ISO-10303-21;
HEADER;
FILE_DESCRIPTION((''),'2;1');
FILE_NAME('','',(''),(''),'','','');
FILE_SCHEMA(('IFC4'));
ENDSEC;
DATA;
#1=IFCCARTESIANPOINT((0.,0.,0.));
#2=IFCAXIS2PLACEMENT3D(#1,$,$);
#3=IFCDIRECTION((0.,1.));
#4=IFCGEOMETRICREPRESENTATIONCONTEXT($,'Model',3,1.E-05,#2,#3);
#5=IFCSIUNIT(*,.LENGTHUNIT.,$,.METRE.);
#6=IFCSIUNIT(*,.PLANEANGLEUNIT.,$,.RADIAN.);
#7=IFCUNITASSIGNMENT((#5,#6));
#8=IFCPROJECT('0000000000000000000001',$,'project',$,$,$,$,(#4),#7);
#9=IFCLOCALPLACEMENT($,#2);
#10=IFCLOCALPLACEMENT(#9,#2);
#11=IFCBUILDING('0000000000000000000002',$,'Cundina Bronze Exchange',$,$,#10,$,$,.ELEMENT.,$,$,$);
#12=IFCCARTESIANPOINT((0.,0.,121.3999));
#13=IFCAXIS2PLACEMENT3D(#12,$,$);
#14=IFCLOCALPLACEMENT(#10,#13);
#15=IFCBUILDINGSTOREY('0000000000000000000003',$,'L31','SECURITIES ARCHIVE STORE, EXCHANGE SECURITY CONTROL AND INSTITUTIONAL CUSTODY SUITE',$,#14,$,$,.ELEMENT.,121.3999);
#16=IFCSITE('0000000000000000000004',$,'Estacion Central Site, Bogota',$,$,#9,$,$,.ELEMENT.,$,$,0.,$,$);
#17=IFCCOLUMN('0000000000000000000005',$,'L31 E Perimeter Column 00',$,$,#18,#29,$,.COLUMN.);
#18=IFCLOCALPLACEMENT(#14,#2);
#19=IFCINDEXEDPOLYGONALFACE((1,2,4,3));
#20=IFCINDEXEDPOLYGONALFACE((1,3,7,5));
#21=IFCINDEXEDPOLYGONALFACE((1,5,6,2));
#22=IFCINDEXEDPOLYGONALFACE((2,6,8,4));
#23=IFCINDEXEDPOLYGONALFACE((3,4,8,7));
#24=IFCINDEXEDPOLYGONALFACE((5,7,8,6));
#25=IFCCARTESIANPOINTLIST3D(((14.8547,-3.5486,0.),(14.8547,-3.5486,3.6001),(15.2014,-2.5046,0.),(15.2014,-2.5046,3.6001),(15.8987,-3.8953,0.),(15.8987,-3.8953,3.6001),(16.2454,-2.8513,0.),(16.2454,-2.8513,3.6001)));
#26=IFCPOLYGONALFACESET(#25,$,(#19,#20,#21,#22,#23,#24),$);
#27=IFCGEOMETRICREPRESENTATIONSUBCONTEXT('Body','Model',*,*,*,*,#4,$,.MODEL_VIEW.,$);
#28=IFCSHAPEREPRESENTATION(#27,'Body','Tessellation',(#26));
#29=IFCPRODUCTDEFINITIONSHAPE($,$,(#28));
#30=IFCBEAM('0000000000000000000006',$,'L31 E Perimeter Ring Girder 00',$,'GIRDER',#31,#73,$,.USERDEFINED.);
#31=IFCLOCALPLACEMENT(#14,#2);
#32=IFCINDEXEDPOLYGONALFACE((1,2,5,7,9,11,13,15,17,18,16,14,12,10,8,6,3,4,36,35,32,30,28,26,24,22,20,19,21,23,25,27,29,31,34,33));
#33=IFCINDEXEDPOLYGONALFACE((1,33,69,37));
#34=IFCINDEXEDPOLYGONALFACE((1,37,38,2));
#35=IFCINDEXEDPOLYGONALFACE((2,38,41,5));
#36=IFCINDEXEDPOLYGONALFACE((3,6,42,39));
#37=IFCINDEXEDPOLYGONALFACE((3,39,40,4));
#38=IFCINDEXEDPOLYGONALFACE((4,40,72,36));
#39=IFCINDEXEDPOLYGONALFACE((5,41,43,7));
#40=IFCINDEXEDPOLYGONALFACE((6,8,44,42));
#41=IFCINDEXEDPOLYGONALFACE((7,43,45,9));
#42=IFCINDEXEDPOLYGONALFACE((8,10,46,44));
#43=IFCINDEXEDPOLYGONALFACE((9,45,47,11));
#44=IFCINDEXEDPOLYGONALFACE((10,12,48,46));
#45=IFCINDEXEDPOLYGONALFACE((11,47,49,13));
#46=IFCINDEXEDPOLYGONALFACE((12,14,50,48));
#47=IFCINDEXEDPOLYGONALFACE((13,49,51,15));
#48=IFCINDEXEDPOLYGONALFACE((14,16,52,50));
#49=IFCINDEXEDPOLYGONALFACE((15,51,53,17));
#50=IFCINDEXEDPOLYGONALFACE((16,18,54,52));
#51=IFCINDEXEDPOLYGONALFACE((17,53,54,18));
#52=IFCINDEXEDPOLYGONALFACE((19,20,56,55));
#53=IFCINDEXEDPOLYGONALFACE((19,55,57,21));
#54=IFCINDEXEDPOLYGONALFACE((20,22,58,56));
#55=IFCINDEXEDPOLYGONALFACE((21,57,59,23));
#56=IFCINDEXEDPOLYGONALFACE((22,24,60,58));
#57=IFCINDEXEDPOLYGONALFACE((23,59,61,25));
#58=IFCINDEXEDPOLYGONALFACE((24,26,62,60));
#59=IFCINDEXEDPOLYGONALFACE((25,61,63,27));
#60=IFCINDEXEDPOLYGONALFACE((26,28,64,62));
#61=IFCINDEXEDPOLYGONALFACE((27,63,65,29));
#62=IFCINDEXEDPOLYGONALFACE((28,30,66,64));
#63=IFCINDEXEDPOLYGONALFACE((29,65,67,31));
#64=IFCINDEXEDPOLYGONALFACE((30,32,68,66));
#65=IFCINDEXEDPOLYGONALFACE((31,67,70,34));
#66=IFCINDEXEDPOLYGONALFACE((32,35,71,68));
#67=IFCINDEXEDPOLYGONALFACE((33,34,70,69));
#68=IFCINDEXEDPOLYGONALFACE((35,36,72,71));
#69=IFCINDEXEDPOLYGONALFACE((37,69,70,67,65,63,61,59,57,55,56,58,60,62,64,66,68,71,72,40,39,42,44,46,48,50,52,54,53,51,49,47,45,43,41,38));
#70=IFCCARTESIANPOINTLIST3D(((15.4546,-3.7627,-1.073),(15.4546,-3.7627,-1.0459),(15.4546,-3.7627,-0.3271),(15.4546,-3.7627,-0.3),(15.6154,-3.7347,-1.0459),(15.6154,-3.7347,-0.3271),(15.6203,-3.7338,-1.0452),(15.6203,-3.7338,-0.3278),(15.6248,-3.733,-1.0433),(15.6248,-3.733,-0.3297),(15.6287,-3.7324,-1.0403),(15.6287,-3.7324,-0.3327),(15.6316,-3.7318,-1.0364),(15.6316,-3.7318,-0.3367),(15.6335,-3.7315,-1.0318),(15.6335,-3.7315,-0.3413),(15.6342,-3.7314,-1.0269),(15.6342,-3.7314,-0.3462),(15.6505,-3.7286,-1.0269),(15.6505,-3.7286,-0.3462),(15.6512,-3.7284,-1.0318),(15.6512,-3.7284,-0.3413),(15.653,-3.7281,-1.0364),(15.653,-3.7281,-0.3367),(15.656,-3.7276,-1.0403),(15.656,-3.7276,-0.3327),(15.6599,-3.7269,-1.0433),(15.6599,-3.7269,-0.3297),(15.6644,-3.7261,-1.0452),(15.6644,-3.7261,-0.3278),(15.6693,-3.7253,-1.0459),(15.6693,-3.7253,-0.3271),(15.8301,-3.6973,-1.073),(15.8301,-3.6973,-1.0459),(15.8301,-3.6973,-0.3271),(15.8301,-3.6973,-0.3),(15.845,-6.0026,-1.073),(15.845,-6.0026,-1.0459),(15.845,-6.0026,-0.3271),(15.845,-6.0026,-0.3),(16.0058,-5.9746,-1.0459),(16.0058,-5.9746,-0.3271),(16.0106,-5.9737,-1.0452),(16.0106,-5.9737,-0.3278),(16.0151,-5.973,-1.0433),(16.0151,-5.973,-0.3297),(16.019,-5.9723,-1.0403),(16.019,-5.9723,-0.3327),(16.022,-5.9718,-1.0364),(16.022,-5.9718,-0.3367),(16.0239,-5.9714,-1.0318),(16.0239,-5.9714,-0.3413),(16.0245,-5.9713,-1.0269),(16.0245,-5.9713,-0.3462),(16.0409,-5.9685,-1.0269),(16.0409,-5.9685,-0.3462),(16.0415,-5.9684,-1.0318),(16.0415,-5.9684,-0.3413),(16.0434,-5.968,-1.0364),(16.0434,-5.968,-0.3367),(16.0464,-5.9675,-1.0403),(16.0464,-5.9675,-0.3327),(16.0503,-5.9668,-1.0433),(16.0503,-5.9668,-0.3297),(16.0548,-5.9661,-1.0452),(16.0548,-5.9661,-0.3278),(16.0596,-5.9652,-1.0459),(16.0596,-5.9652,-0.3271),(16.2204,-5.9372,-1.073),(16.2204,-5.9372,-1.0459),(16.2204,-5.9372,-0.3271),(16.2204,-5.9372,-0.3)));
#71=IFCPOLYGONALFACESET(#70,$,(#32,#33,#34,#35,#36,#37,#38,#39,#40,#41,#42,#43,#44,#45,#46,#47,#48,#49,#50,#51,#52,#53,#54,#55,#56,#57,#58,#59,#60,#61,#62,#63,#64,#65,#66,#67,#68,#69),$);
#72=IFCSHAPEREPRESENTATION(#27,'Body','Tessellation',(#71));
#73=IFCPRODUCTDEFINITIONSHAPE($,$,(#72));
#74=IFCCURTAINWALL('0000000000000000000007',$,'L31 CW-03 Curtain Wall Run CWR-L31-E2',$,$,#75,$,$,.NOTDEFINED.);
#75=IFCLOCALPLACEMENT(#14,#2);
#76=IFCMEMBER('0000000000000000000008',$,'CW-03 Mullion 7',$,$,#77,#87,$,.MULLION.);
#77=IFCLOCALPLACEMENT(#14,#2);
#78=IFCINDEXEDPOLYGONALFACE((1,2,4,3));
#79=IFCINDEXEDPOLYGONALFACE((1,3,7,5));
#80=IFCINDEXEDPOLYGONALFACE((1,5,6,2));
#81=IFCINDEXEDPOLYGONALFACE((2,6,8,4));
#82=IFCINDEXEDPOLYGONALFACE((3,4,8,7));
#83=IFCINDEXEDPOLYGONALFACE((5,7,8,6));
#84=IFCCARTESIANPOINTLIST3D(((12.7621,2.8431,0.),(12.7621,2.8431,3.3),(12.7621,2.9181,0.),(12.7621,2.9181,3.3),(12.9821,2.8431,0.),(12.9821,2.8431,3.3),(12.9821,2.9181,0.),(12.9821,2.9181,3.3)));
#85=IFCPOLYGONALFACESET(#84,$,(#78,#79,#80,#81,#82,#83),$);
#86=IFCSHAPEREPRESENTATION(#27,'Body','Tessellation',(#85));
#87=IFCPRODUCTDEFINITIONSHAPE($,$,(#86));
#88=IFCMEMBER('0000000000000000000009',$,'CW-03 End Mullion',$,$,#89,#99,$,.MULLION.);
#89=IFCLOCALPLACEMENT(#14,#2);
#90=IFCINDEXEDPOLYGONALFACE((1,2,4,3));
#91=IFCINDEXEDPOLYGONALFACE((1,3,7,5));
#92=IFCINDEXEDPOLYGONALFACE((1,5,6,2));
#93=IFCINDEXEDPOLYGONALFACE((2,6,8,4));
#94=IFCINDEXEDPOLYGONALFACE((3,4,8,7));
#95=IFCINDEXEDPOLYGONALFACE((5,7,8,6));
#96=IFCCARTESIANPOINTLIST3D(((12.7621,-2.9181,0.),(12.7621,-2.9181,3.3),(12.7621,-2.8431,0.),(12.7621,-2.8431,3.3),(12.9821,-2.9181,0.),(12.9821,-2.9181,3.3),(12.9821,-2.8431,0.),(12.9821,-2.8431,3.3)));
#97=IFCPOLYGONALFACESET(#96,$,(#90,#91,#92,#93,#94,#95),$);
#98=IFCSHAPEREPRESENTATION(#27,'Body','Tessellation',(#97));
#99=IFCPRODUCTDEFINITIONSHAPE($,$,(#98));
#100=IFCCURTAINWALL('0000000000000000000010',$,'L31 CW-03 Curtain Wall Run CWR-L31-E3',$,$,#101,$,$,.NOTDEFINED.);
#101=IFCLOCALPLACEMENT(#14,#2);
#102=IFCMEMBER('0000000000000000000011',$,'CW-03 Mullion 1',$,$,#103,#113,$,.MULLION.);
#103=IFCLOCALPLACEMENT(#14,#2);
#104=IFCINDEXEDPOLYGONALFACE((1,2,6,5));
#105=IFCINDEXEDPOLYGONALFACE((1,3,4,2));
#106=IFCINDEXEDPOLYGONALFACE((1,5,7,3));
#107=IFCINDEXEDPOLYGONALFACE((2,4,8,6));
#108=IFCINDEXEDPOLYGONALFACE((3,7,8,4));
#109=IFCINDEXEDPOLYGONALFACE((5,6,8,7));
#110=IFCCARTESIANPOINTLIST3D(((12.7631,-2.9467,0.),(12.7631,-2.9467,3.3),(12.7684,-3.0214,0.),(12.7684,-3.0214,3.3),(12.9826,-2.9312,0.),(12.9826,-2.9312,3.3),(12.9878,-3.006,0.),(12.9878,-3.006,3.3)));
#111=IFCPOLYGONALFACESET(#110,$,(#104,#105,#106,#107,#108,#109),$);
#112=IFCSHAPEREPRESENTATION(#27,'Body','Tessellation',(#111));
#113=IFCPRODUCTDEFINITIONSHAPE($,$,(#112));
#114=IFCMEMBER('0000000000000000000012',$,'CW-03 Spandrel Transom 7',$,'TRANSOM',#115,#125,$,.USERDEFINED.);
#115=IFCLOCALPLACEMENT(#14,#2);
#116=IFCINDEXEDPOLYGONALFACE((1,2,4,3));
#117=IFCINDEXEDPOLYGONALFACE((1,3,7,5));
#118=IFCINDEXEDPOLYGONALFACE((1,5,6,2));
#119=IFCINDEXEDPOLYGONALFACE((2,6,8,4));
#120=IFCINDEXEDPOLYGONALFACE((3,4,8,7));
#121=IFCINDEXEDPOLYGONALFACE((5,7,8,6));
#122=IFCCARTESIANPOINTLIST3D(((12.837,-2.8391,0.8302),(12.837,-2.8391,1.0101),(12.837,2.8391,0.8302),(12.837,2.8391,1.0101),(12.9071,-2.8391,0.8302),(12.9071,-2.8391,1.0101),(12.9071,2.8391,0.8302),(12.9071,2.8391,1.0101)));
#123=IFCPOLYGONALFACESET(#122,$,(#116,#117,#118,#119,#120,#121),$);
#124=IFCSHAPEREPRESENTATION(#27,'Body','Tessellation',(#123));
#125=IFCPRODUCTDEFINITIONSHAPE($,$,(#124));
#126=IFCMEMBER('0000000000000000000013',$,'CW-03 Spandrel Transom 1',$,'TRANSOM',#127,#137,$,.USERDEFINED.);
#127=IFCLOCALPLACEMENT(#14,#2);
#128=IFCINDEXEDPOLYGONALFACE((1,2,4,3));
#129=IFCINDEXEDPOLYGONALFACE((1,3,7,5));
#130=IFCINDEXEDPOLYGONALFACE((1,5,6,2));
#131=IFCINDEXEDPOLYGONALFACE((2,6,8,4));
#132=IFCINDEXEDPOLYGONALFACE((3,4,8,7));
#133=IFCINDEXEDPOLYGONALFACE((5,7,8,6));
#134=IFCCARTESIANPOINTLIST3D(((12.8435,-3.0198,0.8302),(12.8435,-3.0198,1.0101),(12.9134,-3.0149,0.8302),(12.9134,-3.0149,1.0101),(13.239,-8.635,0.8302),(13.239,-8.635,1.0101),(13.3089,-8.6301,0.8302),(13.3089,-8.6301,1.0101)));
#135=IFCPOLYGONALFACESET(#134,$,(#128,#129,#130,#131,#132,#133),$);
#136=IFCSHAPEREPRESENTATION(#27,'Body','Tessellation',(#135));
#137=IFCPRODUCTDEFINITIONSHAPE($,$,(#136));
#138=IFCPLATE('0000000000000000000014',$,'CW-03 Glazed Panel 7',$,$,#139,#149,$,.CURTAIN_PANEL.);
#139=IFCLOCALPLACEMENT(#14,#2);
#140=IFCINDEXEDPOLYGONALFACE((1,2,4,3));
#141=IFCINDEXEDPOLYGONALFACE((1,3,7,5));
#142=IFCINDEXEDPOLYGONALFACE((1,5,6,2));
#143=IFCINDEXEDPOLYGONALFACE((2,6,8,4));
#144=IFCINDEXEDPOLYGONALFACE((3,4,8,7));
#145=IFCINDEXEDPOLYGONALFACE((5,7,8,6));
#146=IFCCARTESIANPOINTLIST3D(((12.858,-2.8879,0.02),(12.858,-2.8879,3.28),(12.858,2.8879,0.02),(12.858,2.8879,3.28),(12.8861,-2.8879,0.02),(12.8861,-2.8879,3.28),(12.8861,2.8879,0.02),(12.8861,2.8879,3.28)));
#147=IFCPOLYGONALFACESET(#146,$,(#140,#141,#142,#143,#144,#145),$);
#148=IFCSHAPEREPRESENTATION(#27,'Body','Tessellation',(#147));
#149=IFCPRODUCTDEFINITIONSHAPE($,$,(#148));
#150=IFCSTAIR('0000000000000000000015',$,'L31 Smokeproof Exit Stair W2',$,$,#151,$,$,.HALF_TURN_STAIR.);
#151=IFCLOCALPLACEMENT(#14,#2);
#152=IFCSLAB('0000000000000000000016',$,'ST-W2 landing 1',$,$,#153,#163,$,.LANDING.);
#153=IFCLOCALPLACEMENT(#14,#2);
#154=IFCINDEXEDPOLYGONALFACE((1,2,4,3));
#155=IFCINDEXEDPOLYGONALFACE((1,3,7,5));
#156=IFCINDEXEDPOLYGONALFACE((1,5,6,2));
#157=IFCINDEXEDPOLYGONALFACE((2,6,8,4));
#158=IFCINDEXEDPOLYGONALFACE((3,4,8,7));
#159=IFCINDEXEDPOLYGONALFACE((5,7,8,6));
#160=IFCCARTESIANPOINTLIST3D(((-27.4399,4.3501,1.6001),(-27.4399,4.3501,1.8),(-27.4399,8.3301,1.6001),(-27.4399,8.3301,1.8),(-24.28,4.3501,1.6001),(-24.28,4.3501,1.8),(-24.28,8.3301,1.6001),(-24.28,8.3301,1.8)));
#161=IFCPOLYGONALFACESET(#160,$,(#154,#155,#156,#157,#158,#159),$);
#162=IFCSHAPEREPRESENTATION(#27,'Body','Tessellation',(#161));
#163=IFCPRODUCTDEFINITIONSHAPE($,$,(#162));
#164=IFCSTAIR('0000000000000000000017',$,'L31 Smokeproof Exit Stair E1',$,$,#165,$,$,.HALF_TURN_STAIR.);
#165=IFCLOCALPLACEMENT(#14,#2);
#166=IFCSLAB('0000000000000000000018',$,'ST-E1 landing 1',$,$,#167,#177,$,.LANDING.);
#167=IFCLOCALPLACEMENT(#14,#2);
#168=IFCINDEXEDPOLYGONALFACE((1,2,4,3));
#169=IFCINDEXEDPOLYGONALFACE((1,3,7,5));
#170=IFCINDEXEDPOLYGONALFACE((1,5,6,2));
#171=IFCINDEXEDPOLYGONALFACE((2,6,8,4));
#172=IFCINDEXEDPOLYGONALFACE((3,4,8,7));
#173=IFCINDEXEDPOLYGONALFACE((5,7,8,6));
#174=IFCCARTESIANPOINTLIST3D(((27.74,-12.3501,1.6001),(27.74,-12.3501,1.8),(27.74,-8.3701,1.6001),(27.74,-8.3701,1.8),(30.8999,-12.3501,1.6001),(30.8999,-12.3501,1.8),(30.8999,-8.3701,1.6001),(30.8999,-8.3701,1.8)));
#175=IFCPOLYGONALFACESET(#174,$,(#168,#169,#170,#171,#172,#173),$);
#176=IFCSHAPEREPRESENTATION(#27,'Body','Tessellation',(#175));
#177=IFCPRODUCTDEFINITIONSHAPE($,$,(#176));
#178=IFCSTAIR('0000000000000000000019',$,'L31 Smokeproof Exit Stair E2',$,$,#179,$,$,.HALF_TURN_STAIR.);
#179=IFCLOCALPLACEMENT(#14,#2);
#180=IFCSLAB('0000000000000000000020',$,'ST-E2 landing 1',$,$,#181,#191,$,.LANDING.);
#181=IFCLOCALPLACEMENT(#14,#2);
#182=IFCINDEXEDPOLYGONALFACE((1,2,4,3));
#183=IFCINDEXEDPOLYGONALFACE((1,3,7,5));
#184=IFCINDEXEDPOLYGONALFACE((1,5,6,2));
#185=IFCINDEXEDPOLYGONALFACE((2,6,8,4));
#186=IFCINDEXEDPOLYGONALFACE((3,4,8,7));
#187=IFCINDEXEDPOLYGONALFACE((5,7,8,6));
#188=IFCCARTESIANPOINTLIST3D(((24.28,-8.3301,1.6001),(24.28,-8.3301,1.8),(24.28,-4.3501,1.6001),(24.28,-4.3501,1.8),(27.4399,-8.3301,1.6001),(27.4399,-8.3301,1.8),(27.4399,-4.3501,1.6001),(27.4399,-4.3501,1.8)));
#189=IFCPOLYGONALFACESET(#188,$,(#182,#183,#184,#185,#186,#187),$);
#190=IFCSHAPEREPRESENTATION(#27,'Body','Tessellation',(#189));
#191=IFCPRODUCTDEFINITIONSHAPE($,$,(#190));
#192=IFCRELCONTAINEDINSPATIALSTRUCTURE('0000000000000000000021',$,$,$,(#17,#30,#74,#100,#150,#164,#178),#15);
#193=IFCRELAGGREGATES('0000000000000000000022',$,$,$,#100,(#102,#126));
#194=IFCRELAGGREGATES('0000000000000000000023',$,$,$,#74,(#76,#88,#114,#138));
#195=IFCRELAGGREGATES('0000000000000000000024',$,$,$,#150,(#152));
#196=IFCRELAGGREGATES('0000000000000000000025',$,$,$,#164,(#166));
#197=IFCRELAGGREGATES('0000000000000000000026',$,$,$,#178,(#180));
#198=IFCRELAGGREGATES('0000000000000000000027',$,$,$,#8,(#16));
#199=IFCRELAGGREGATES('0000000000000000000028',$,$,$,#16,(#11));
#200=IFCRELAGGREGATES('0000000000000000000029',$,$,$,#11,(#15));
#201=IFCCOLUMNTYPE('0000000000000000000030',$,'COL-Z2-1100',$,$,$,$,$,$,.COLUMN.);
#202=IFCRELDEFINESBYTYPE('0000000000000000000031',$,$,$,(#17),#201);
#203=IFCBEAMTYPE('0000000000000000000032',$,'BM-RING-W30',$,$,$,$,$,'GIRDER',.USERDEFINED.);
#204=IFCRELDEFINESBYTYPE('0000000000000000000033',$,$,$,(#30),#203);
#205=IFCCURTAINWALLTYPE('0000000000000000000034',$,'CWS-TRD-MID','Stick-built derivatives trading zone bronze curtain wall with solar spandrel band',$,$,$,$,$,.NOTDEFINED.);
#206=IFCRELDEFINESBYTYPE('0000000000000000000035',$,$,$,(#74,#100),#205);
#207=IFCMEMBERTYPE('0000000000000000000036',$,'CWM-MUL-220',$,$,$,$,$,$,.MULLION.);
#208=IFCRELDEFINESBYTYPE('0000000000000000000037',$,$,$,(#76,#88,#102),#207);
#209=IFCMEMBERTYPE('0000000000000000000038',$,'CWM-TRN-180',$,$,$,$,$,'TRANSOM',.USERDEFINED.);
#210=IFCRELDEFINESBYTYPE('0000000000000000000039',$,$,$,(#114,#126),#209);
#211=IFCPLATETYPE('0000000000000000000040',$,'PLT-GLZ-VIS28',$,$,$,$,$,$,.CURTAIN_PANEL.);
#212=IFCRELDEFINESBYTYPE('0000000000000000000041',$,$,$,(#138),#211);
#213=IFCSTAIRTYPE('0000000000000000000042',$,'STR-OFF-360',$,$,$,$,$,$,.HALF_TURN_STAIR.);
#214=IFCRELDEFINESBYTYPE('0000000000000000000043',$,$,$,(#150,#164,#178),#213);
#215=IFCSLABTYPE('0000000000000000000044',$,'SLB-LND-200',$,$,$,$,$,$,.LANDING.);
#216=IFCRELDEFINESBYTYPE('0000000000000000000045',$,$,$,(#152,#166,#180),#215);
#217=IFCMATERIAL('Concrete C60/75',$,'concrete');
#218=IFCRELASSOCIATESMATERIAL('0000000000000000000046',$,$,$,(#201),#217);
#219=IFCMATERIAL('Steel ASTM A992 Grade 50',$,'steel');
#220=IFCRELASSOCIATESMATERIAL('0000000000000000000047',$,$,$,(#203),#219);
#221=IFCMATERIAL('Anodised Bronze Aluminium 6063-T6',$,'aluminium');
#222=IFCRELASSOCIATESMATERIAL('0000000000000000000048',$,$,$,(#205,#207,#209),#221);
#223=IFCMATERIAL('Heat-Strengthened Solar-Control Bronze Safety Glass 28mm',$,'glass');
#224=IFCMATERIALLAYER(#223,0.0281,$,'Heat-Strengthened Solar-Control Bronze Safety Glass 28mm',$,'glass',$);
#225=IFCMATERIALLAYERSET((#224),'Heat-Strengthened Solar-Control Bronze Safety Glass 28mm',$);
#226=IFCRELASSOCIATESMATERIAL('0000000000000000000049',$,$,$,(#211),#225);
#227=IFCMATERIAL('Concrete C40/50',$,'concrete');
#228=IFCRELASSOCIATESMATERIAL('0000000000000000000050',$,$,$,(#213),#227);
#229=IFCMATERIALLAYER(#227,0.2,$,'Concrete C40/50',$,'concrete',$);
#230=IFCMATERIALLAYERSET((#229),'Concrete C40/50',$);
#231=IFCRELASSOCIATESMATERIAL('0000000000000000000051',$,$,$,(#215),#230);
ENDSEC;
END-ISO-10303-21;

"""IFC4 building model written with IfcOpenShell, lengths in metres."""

from ifc_helpers import new_model, si_unit, direction, frame, origin, origin_2d, place, context, subcontext, project, spatial, polyline, rectangle, i_section, outline, extrude, material, layer, layer_set, material_profile, profile_set, type_object, element, aggregate, save


model = new_model("IFC4")

# Units and contexts
model_context = context("Model", 3, precision=1e-05, world=origin(), true_north=direction((0.0, 1.0)))
body_context = subcontext(model_context, "Body", "Model", "MODEL_VIEW")
ifc_project = project(units=[si_unit("LENGTHUNIT", "METRE"), si_unit("PLANEANGLEUNIT", "RADIAN")], contexts=[model_context])

# Site, building, storey
site_placement = place(None, origin())
site = spatial("IfcSite", under=ifc_project, at=site_placement, Name="Estacion Central Site, Bogota", CompositionType="ELEMENT", RefElevation=0.0)
building_placement = place(site_placement, origin())
building = spatial("IfcBuilding", under=site, at=building_placement, Name="Cundina Bronze Exchange", CompositionType="ELEMENT")
storey_placement = place(building_placement, frame((0.0, 0.0, 121.3999)))
storey = spatial("IfcBuildingStorey", under=building, at=storey_placement, Name="L31", Description="SECURITIES ARCHIVE STORE, EXCHANGE SECURITY CONTROL AND INSTITUTIONAL CUSTODY SUITE", CompositionType="ELEMENT", Elevation=121.3999)

# Column
ifc_material_1 = material(Name="Concrete C60/75", Category="concrete")
ifc_material_profile_1 = material_profile(ifc_material_1, rectangle(XDim=1.1001, YDim=1.1001, at=origin_2d()), Name="RC1100X1100", Category="concrete")
ifc_profile_set_1 = profile_set([ifc_material_profile_1], Name="Concrete C60/75")
column_type = type_object("IfcColumnType", Name="COL-Z2-1100", PredefinedType="COLUMN", material=ifc_profile_set_1)
column_placement = place(storey_placement, frame((15.55, -3.2, 0.0), z_axis=(0.0, 0.0, 1.0), x_axis=(-0.315152, -0.949041, 0.0)))
element("IfcColumn", 1, at=column_placement, inside=storey, type_object=column_type, Name="L31 E Perimeter Column 00", PredefinedType="COLUMN", context=body_context, shape_type="SweptSolid", body=[
    extrude(rectangle(XDim=1.1001, YDim=1.1001, at=origin_2d()), origin(), (0.0, 0.0, 1.0), 3.6001),
])

# Beam
ifc_material_2 = material(Name="Steel ASTM A992 Grade 50", Category="steel")
ifc_material_profile_2 = material_profile(ifc_material_2, i_section(OverallWidth=0.3811, OverallDepth=0.7729, WebThickness=0.0166, FlangeThickness=0.0271, FilletRadius=0.019, at=origin_2d()), Name="W30X173", Category="steel")
ifc_profile_set_2 = profile_set([ifc_material_profile_2], Name="Steel ASTM A992 Grade 50")
beam_type = type_object("IfcBeamType", Name="BM-RING-W30", ElementType="GIRDER", PredefinedType="USERDEFINED", material=ifc_profile_set_2)
beam_placement = place(storey_placement, frame((15.6423, -3.73, -0.6865), z_axis=(0.17169, -0.985151, 0.0), x_axis=(0.985151, 0.17169, 0.0)))
element("IfcBeam", 2, at=beam_placement, inside=storey, type_object=beam_type, Name="L31 E Perimeter Ring Girder 00", ObjectType="GIRDER", PredefinedType="USERDEFINED", context=body_context, shape_type="SweptSolid", body=[
    extrude(i_section(OverallWidth=0.3811, OverallDepth=0.7729, WebThickness=0.0166, FlangeThickness=0.0271, FilletRadius=0.019, at=origin_2d()), origin(), (0.0, 0.0, 1.0), 2.2737),
])

# Curtain wall, members
ifc_material_3 = material(Name="Anodised Bronze Aluminium 6063-T6", Category="aluminium")
curtain_wall_type = type_object("IfcCurtainWallType", Name="CWS-TRD-MID", Description="Stick-built derivatives trading zone bronze curtain wall with solar spandrel band", PredefinedType="NOTDEFINED", material=ifc_material_3)
curtain_wall_1_placement = place(storey_placement, origin())
curtain_wall_1 = element("IfcCurtainWall", 3, at=curtain_wall_1_placement, inside=storey, type_object=curtain_wall_type, Name="L31 CW-03 Curtain Wall Run CWR-L31-E2", PredefinedType="NOTDEFINED")
ifc_material_profile_3 = material_profile(ifc_material_3, rectangle(XDim=0.075, YDim=0.22, at=origin_2d()), Name="AL75X220", Category="aluminium")
ifc_profile_set_3 = profile_set([ifc_material_profile_3], Name="Anodised Bronze Aluminium 6063-T6")
member_type_1 = type_object("IfcMemberType", Name="CWM-MUL-220", PredefinedType="MULLION", material=ifc_profile_set_3)
member_1_placement = place(storey_placement, frame((12.8721, 2.8806, 0.0), z_axis=(0.0, 0.0, 1.0), x_axis=(0.0, -1.0, 0.0)))
member_1 = element("IfcMember", 4, at=member_1_placement, type_object=member_type_1, Name="CW-03 Mullion 7", PredefinedType="MULLION", context=body_context, shape_type="SweptSolid", body=[
    extrude(rectangle(XDim=0.075, YDim=0.22, at=origin_2d()), origin(), (0.0, 0.0, 1.0), 3.3),
])
member_2_placement = place(storey_placement, frame((12.8721, -2.8806, 0.0), z_axis=(0.0, 0.0, 1.0), x_axis=(0.0, -1.0, 0.0)))
member_2 = element("IfcMember", 5, at=member_2_placement, type_object=member_type_1, Name="CW-03 End Mullion", PredefinedType="MULLION", context=body_context, shape_type="SweptSolid", body=[
    extrude(rectangle(XDim=0.075, YDim=0.22, at=origin_2d()), origin(), (0.0, 0.0, 1.0), 3.3),
])

# Curtain wall, member
curtain_wall_2_placement = place(storey_placement, origin())
curtain_wall_2 = element("IfcCurtainWall", 6, at=curtain_wall_2_placement, inside=storey, type_object=curtain_wall_type, Name="L31 CW-03 Curtain Wall Run CWR-L31-E3", PredefinedType="NOTDEFINED")
member_3_placement = place(storey_placement, frame((12.8755, -2.9763, 0.0), z_axis=(0.0, 0.0, 1.0), x_axis=(0.070279, -0.997527, 0.0)))
member_3 = element("IfcMember", 7, at=member_3_placement, type_object=member_type_1, Name="CW-03 Mullion 1", PredefinedType="MULLION", context=body_context, shape_type="SweptSolid", body=[
    extrude(rectangle(XDim=0.075, YDim=0.22, at=origin_2d()), origin(), (0.0, 0.0, 1.0), 3.3),
])

# Members
ifc_material_profile_4 = material_profile(ifc_material_3, rectangle(XDim=0.0701, YDim=0.1799, at=origin_2d()), Name="AL70X180", Category="aluminium")
ifc_profile_set_4 = profile_set([ifc_material_profile_4], Name="Anodised Bronze Aluminium 6063-T6")
member_type_2 = type_object("IfcMemberType", Name="CWM-TRN-180", ElementType="TRANSOM", PredefinedType="USERDEFINED", material=ifc_profile_set_4)
member_4_placement = place(storey_placement, frame((12.8721, 2.8391, 0.9202), z_axis=(0.0, -1.0, 0.0), x_axis=(1.0, 0.0, 0.0)))
member_4 = element("IfcMember", 8, at=member_4_placement, type_object=member_type_2, Name="CW-03 Spandrel Transom 7", ObjectType="TRANSOM", PredefinedType="USERDEFINED", context=body_context, shape_type="SweptSolid", body=[
    extrude(rectangle(XDim=0.0701, YDim=0.1799, at=origin_2d()), origin(), (0.0, 0.0, 1.0), 5.6782),
])
member_5_placement = place(storey_placement, frame((12.8784, -3.0173, 0.9202), z_axis=(0.070261, -0.997529, 0.0), x_axis=(0.997529, 0.070261, 0.0)))
member_5 = element("IfcMember", 9, at=member_5_placement, type_object=member_type_2, Name="CW-03 Spandrel Transom 1", ObjectType="TRANSOM", PredefinedType="USERDEFINED", context=body_context, shape_type="SweptSolid", body=[
    extrude(rectangle(XDim=0.0701, YDim=0.1799, at=origin_2d()), origin(), (0.0, 0.0, 1.0), 5.6292),
])
aggregate(curtain_wall_2, [member_3, member_5])

# Plate
ifc_material_4 = material(Name="Heat-Strengthened Solar-Control Bronze Safety Glass 28mm", Category="glass")
ifc_layer_1 = layer(ifc_material_4, 0.0281, Name="Heat-Strengthened Solar-Control Bronze Safety Glass 28mm", Category="glass")
ifc_layer_set_1 = layer_set([ifc_layer_1], Name="Heat-Strengthened Solar-Control Bronze Safety Glass 28mm")
plate_type = type_object("IfcPlateType", Name="PLT-GLZ-VIS28", PredefinedType="CURTAIN_PANEL", material=ifc_layer_set_1)
plate_placement = place(storey_placement, frame((12.8721, 0.0, 0.02), z_axis=(0.0, 0.0, 1.0), x_axis=(0.0, -1.0, 0.0)))
plate = element("IfcPlate", 10, at=plate_placement, type_object=plate_type, Name="CW-03 Glazed Panel 7", PredefinedType="CURTAIN_PANEL", context=body_context, shape_type="SweptSolid", body=[
    extrude(rectangle(XDim=5.7759, YDim=0.0281, at=origin_2d()), origin(), (0.0, 0.0, 1.0), 3.26),
])
aggregate(curtain_wall_1, [member_1, member_2, member_4, plate])

# Stairs, slabs
ifc_material_5 = material(Name="Concrete C40/50", Category="concrete")
stair_type = type_object("IfcStairType", Name="STR-OFF-360", PredefinedType="HALF_TURN_STAIR", material=ifc_material_5)
stair_1_placement = place(storey_placement, origin())
stair_1 = element("IfcStair", 11, at=stair_1_placement, inside=storey, type_object=stair_type, Name="L31 Smokeproof Exit Stair W2", PredefinedType="HALF_TURN_STAIR")
ifc_layer_2 = layer(ifc_material_5, 0.2, Name="Concrete C40/50", Category="concrete")
ifc_layer_set_2 = layer_set([ifc_layer_2], Name="Concrete C40/50")
slab_type = type_object("IfcSlabType", Name="SLB-LND-200", PredefinedType="LANDING", material=ifc_layer_set_2)
slab_1_placement = place(storey_placement, frame((0.0, 0.0, 1.6001)))
slab_1 = element("IfcSlab", 12, at=slab_1_placement, type_object=slab_type, Name="ST-W2 landing 1", PredefinedType="LANDING", context=body_context, shape_type="SweptSolid", body=[
    extrude(outline(polyline([(-27.4399, 8.3301), (-27.4399, 4.3501), (-24.28, 4.3501), (-24.28, 8.3301), (-27.4399, 8.3301)])), origin(), (0.0, 0.0, 1.0), 0.2),
])
aggregate(stair_1, [slab_1])
stair_2_placement = place(storey_placement, origin())
stair_2 = element("IfcStair", 13, at=stair_2_placement, inside=storey, type_object=stair_type, Name="L31 Smokeproof Exit Stair E1", PredefinedType="HALF_TURN_STAIR")
slab_2_placement = place(storey_placement, frame((0.0, 0.0, 1.6001)))
slab_2 = element("IfcSlab", 14, at=slab_2_placement, type_object=slab_type, Name="ST-E1 landing 1", PredefinedType="LANDING", context=body_context, shape_type="SweptSolid", body=[
    extrude(outline(polyline([(27.74, -8.3701), (27.74, -12.3501), (30.8999, -12.3501), (30.8999, -8.3701), (27.74, -8.3701)])), origin(), (0.0, 0.0, 1.0), 0.2),
])
aggregate(stair_2, [slab_2])
stair_3_placement = place(storey_placement, origin())
stair_3 = element("IfcStair", 15, at=stair_3_placement, inside=storey, type_object=stair_type, Name="L31 Smokeproof Exit Stair E2", PredefinedType="HALF_TURN_STAIR")
slab_3_placement = place(storey_placement, frame((0.0, 0.0, 1.6001)))
slab_3 = element("IfcSlab", 16, at=slab_3_placement, type_object=slab_type, Name="ST-E2 landing 1", PredefinedType="LANDING", context=body_context, shape_type="SweptSolid", body=[
    extrude(outline(polyline([(27.4399, -8.3301), (27.4399, -4.3501), (24.28, -4.3501), (24.28, -8.3301), (27.4399, -8.3301)])), origin(), (0.0, 0.0, 1.0), 0.2),
])
aggregate(stair_3, [slab_3])

save(model, "model.ifc")
